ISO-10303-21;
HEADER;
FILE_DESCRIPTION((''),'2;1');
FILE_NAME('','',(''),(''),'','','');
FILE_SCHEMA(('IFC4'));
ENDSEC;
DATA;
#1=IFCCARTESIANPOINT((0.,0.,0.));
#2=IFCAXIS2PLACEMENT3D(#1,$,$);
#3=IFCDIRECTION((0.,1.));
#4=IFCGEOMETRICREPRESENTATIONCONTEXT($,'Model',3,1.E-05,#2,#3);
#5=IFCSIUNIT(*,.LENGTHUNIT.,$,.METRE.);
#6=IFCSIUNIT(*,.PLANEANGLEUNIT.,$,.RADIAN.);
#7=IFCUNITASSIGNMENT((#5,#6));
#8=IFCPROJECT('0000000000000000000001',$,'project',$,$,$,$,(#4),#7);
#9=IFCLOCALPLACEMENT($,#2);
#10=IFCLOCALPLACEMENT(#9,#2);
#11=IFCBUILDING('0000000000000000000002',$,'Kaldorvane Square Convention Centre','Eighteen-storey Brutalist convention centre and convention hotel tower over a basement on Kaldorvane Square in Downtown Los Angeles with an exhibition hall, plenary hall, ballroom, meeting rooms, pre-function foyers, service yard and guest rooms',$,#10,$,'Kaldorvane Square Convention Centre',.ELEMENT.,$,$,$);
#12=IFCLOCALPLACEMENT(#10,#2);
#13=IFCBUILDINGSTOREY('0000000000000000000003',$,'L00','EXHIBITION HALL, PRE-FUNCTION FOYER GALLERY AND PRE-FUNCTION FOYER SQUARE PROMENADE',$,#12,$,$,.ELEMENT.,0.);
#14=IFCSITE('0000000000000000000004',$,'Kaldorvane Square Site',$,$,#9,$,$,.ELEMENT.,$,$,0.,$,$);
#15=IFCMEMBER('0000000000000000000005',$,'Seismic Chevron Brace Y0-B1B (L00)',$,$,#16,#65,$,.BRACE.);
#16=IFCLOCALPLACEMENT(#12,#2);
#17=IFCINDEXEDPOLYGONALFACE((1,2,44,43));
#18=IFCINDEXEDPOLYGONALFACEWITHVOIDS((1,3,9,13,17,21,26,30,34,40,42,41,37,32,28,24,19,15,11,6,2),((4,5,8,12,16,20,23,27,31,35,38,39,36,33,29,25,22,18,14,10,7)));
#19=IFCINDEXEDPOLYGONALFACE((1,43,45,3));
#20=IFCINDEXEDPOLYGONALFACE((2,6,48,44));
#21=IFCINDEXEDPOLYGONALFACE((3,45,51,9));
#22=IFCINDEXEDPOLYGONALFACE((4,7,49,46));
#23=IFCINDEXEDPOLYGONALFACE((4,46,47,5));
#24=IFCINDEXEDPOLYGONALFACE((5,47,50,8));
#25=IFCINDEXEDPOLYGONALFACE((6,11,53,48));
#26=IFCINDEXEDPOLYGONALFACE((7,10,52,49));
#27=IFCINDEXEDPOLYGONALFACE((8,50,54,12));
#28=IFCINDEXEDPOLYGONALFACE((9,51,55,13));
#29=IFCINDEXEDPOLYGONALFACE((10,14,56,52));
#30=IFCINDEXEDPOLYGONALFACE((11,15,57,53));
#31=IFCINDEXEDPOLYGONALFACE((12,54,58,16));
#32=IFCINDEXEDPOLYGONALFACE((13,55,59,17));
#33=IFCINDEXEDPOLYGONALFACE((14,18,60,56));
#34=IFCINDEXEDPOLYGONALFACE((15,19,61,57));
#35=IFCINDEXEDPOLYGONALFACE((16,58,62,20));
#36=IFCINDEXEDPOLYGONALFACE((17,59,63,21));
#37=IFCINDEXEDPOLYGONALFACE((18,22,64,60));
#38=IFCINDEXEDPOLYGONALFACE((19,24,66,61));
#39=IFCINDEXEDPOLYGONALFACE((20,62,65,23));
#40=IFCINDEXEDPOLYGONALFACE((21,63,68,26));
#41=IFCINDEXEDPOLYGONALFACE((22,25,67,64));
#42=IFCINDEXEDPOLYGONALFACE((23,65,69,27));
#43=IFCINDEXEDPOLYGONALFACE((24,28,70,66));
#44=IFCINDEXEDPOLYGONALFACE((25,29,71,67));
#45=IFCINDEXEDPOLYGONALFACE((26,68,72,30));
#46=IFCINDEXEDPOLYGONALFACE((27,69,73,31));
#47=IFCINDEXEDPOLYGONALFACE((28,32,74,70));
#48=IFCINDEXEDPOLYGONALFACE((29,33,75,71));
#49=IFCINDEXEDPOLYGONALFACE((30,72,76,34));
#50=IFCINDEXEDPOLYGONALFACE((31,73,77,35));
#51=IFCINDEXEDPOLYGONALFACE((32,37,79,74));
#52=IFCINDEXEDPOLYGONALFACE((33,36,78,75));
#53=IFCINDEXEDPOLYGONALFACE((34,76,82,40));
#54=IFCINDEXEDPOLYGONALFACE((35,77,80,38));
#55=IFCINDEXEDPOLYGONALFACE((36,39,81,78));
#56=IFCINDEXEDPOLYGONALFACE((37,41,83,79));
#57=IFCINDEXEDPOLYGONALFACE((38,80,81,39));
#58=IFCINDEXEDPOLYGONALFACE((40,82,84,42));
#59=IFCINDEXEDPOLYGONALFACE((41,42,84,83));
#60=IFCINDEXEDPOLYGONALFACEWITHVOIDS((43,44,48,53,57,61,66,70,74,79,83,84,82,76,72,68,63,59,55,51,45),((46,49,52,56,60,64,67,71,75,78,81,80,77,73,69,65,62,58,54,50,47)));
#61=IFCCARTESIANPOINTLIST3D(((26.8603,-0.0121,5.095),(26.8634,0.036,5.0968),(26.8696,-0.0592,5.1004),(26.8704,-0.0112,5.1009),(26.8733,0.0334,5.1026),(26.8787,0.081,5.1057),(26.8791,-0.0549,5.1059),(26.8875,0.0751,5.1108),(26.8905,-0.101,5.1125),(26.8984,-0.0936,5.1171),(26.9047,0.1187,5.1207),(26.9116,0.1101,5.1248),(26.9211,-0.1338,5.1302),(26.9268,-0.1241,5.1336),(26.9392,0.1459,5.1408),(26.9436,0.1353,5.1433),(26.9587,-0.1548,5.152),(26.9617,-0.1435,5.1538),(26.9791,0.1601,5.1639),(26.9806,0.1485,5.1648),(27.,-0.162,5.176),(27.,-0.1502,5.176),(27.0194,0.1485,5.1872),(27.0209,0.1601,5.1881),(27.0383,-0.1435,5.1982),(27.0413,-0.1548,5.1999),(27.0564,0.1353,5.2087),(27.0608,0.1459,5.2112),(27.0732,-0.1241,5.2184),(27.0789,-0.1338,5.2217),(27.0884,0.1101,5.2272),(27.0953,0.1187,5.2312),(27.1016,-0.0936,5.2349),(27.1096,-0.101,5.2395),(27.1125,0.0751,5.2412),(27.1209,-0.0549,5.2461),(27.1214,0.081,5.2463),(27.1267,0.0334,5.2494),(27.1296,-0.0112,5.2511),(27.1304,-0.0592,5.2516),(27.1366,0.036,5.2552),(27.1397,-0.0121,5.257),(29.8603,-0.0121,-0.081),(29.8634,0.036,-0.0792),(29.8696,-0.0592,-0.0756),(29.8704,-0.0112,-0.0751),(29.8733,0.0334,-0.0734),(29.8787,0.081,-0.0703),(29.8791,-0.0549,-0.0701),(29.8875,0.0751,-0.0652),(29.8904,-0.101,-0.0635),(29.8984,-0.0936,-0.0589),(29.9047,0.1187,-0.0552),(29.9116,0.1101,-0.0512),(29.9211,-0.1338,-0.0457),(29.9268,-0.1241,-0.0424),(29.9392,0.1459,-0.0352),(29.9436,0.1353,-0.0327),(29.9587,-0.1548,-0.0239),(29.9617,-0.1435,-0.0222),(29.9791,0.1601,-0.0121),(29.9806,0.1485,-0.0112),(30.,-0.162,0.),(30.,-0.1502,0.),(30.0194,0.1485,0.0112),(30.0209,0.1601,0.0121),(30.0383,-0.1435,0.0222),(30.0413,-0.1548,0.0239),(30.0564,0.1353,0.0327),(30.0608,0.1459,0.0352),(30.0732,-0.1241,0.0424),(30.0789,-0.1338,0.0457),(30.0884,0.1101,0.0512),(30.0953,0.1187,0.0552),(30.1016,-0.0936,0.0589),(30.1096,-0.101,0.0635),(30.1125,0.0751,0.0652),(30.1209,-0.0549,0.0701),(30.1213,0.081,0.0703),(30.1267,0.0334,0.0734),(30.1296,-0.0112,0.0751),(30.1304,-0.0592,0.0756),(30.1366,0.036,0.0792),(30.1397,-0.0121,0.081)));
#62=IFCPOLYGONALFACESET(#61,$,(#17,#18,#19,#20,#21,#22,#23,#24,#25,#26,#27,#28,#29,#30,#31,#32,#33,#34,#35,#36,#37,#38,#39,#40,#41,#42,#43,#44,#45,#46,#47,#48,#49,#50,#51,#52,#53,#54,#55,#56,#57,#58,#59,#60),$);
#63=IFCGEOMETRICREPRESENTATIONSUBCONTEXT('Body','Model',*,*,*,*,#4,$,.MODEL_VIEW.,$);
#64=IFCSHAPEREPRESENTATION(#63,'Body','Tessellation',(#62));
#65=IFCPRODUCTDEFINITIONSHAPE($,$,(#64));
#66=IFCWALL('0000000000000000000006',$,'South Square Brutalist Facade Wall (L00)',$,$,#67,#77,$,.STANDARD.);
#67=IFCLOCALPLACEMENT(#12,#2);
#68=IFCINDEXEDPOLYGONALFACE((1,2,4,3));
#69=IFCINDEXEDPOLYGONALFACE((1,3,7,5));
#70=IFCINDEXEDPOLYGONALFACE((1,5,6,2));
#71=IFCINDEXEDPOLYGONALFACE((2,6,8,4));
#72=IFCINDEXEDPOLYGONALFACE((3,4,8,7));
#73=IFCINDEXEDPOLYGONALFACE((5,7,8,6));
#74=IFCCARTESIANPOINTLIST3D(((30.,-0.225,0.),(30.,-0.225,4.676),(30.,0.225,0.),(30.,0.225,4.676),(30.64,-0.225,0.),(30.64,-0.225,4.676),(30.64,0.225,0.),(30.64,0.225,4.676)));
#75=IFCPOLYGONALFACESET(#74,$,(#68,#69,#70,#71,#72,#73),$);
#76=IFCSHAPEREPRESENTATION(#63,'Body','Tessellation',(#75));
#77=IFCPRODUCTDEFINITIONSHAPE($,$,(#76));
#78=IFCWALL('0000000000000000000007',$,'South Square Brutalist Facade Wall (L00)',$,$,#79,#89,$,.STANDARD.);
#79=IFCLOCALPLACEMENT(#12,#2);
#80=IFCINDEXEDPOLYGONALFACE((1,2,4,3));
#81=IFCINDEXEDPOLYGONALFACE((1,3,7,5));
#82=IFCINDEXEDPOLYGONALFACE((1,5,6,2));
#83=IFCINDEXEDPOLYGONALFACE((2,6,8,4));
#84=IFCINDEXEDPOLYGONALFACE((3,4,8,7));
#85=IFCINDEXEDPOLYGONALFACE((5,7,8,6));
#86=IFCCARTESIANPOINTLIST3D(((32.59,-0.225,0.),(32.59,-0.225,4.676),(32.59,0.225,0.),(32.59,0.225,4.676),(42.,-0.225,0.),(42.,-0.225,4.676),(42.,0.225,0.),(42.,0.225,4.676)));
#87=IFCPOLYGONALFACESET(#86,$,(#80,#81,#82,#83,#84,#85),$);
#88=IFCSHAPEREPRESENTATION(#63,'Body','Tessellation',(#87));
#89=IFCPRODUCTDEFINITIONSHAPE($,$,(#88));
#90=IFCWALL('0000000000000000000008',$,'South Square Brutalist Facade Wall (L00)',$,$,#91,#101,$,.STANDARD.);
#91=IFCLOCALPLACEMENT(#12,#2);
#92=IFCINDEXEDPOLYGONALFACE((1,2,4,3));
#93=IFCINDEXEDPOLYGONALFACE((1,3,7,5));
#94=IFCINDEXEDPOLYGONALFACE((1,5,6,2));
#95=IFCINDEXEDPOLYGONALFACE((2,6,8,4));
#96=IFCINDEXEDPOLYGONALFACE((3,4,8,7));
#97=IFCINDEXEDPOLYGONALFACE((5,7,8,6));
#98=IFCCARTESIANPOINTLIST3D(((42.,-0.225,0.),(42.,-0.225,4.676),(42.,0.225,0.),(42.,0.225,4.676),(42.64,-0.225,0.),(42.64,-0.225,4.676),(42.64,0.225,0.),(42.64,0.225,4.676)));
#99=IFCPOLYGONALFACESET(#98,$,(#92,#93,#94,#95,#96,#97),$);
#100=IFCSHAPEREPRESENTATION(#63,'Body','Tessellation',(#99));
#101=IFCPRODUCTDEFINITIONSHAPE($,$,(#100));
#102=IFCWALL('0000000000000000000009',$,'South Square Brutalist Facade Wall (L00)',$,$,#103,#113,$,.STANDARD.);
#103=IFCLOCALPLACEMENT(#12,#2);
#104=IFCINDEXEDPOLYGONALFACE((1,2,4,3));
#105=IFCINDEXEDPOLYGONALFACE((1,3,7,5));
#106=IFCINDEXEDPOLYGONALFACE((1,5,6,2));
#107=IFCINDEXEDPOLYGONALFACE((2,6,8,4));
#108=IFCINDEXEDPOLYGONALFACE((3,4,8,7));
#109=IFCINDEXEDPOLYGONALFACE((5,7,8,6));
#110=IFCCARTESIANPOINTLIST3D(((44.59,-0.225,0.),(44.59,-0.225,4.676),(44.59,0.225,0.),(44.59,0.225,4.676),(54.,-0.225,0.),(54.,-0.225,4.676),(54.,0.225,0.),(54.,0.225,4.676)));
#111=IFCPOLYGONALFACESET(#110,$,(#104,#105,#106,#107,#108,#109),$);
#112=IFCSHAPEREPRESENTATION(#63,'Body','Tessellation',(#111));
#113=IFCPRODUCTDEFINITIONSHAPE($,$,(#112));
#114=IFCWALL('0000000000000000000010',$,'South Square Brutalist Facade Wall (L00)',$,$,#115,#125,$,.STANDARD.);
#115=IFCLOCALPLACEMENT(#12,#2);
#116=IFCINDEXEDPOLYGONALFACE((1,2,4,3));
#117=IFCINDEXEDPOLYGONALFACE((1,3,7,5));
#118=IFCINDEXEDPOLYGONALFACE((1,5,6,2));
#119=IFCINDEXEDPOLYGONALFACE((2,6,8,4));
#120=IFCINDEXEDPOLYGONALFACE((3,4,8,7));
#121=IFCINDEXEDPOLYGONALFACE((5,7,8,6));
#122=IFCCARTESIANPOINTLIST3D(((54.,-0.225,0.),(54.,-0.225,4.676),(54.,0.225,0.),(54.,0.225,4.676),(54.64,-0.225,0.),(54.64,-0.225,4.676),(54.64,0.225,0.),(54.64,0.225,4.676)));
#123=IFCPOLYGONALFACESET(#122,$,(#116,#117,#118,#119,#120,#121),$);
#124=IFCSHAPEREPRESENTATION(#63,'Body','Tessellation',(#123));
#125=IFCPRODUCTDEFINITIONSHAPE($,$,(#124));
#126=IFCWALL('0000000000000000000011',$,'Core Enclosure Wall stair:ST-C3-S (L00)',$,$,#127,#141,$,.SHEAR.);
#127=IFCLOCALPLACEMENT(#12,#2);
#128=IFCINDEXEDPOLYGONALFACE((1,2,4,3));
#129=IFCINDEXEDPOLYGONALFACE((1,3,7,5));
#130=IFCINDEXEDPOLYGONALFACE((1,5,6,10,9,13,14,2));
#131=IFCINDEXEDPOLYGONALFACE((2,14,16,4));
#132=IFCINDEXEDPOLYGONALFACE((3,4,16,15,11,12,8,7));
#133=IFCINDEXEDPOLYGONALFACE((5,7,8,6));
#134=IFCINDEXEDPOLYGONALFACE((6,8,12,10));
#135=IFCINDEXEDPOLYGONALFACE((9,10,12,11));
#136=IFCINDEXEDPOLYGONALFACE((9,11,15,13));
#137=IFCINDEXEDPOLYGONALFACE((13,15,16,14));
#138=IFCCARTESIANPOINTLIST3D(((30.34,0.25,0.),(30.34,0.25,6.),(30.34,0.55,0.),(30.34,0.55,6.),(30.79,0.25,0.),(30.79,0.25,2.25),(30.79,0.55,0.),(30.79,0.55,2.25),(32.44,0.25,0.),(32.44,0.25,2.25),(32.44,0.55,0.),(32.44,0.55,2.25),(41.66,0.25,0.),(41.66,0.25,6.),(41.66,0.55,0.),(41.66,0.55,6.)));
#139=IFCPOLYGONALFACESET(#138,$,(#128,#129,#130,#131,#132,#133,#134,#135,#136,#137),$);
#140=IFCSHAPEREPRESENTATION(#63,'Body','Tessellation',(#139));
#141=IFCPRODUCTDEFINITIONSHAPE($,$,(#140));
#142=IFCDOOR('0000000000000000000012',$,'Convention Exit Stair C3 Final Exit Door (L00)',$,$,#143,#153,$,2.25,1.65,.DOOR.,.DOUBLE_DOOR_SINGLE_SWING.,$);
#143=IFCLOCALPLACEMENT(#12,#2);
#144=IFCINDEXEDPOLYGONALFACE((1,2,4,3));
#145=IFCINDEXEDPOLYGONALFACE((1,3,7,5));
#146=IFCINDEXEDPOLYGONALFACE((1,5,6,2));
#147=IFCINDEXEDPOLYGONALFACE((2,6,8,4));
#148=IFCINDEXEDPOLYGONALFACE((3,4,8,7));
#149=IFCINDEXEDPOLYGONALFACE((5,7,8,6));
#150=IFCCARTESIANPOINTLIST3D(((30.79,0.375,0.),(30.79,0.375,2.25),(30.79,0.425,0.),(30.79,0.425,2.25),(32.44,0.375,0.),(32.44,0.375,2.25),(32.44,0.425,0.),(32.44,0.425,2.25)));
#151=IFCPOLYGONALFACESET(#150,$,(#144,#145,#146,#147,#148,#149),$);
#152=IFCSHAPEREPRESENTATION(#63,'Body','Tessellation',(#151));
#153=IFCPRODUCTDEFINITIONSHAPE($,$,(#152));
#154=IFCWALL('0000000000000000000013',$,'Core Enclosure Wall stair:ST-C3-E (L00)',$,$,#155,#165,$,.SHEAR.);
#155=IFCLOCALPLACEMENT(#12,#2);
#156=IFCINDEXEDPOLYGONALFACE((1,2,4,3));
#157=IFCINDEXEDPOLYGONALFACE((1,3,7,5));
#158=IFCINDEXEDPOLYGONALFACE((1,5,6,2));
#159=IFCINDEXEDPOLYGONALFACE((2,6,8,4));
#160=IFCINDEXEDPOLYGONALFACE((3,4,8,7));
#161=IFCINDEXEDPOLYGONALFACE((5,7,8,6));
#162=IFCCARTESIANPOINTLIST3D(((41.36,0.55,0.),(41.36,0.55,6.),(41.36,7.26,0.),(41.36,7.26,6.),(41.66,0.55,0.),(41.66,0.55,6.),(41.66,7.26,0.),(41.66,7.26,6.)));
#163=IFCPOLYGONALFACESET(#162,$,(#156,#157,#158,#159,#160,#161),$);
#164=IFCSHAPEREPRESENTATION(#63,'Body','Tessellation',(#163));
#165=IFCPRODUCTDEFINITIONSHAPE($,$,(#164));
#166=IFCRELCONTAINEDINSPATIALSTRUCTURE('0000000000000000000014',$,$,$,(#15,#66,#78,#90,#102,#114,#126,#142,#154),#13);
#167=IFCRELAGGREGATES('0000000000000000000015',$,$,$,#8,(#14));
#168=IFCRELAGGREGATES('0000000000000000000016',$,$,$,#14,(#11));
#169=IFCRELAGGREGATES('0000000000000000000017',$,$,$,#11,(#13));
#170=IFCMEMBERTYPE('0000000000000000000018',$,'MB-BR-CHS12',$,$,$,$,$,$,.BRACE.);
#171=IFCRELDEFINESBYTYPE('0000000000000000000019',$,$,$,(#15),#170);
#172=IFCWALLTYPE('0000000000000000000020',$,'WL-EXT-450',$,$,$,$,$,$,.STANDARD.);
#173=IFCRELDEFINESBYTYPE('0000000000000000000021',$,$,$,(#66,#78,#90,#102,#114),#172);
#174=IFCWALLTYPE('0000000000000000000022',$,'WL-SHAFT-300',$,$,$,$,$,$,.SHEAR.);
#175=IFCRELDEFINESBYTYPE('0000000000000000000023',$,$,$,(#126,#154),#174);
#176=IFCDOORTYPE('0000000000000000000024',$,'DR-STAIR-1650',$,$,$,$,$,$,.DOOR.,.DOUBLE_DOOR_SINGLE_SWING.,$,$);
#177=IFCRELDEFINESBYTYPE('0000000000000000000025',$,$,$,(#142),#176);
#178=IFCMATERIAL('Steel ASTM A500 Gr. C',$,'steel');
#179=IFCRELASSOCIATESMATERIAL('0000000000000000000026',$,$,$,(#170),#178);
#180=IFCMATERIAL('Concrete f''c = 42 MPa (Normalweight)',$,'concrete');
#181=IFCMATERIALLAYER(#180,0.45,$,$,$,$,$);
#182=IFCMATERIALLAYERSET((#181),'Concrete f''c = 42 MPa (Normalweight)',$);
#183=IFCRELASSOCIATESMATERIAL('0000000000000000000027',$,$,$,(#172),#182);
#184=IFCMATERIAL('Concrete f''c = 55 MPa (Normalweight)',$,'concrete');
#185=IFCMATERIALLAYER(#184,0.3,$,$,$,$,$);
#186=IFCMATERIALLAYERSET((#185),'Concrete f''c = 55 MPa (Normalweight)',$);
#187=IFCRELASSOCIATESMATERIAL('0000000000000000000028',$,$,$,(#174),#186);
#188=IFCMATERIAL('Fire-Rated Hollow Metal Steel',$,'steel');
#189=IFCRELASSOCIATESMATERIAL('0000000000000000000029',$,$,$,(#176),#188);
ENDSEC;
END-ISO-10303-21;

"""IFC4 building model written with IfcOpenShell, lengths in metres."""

from ifc_helpers import new_model, si_unit, direction, frame, frame_2d, origin, origin_2d, place, context, subcontext, project, spatial, rectangle, hollow_circle, extrude, material, layer, layer_set, material_profile, profile_set, type_object, element, fill, save


model = new_model("IFC4")

# Units and contexts
model_context = context("Model", 3, precision=1e-05, world=origin(), true_north=direction((0.0, 1.0)))
body_context = subcontext(model_context, "Body", "Model", "MODEL_VIEW")
ifc_project = project(units=[si_unit("LENGTHUNIT", "METRE"), si_unit("PLANEANGLEUNIT", "RADIAN")], contexts=[model_context])

# Site, building, storey
site_placement = place(None, origin())
site = spatial("IfcSite", under=ifc_project, at=site_placement, Name="Kaldorvane Square Site", CompositionType="ELEMENT", RefElevation=0.0)
building_placement = place(site_placement, origin())
building = spatial("IfcBuilding", under=site, at=building_placement, Name="Kaldorvane Square Convention Centre", Description="Eighteen-storey Brutalist convention centre and convention hotel tower over a basement on Kaldorvane Square in Downtown Los Angeles with an exhibition hall, plenary hall, ballroom, meeting rooms, pre-function foyers, service yard and guest rooms", LongName="Kaldorvane Square Convention Centre", CompositionType="ELEMENT")
storey_placement = place(building_placement, origin())
storey = spatial("IfcBuildingStorey", under=building, at=storey_placement, Name="L00", Description="EXHIBITION HALL, PRE-FUNCTION FOYER GALLERY AND PRE-FUNCTION FOYER SQUARE PROMENADE", CompositionType="ELEMENT", Elevation=0.0)

# Shared definitions
ifc_material_1 = material(Name="Concrete f'c = 55 MPa (Normalweight)", Category="concrete")

# Shared definitions
ifc_material_2 = material(Name="Concrete f'c = 42 MPa (Normalweight)", Category="concrete")

# Member
ifc_material_3 = material(Name="Steel ASTM A500 Gr. C", Category="steel")
ifc_material_profile_1 = material_profile(ifc_material_3, hollow_circle(Radius=0.162, WallThickness=0.0118, at=origin_2d()), Name="HSS12.750X0.500")
ifc_profile_set_1 = profile_set([ifc_material_profile_1], Name="Steel ASTM A500 Gr. C")
member_type = type_object("IfcMemberType", Name="MB-BR-CHS12", PredefinedType="BRACE", material=ifc_profile_set_1)
member_placement = place(storey_placement, frame((30.0, 0.0, 0.0), z_axis=(-0.501458, 0.0, 0.865182), x_axis=(0.0, -1.0, 0.0)))
element("IfcMember", 1, at=member_placement, inside=storey, type_object=member_type, Name="Seismic Chevron Brace Y0-B1B (L00)", PredefinedType="BRACE", context=body_context, shape_type="SweptSolid", body=[
    extrude(hollow_circle(Radius=0.162, WallThickness=0.0118, at=origin_2d()), origin(), (0.0, 0.0, 1.0), 5.9825),
])

# Walls
ifc_layer_1 = layer(ifc_material_2, 0.45)
ifc_layer_set_1 = layer_set([ifc_layer_1], Name="Concrete f'c = 42 MPa (Normalweight)")
wall_type_1 = type_object("IfcWallType", Name="WL-EXT-450", PredefinedType="STANDARD", material=ifc_layer_set_1)
wall_1_placement = place(storey_placement, frame((30.0, 0.0, 0.0), z_axis=(0.0, 0.0, 1.0), x_axis=(1.0, 0.0, 0.0)))
element("IfcWall", 2, at=wall_1_placement, inside=storey, type_object=wall_type_1, Name="South Square Brutalist Facade Wall (L00)", PredefinedType="STANDARD", context=body_context, shape_type="SweptSolid", body=[
    extrude(rectangle(XDim=0.64, YDim=0.45, at=frame_2d((0.32, 0.0))), origin(), (0.0, 0.0, 1.0), 4.676),
])
wall_2_placement = place(storey_placement, frame((32.59, 0.0, 0.0), z_axis=(0.0, 0.0, 1.0), x_axis=(1.0, 0.0, 0.0)))
element("IfcWall", 3, at=wall_2_placement, inside=storey, type_object=wall_type_1, Name="South Square Brutalist Facade Wall (L00)", PredefinedType="STANDARD", context=body_context, shape_type="SweptSolid", body=[
    extrude(rectangle(XDim=9.41, YDim=0.45, at=frame_2d((4.705, 0.0))), origin(), (0.0, 0.0, 1.0), 4.676),
])
wall_3_placement = place(storey_placement, frame((42.0, 0.0, 0.0), z_axis=(0.0, 0.0, 1.0), x_axis=(1.0, 0.0, 0.0)))
element("IfcWall", 4, at=wall_3_placement, inside=storey, type_object=wall_type_1, Name="South Square Brutalist Facade Wall (L00)", PredefinedType="STANDARD", context=body_context, shape_type="SweptSolid", body=[
    extrude(rectangle(XDim=0.64, YDim=0.45, at=frame_2d((0.32, 0.0))), origin(), (0.0, 0.0, 1.0), 4.676),
])
wall_4_placement = place(storey_placement, frame((44.59, 0.0, 0.0), z_axis=(0.0, 0.0, 1.0), x_axis=(1.0, 0.0, 0.0)))
element("IfcWall", 5, at=wall_4_placement, inside=storey, type_object=wall_type_1, Name="South Square Brutalist Facade Wall (L00)", PredefinedType="STANDARD", context=body_context, shape_type="SweptSolid", body=[
    extrude(rectangle(XDim=9.41, YDim=0.45, at=frame_2d((4.705, 0.0))), origin(), (0.0, 0.0, 1.0), 4.676),
])
wall_5_placement = place(storey_placement, frame((54.0, 0.0, 0.0), z_axis=(0.0, 0.0, 1.0), x_axis=(1.0, 0.0, 0.0)))
element("IfcWall", 6, at=wall_5_placement, inside=storey, type_object=wall_type_1, Name="South Square Brutalist Facade Wall (L00)", PredefinedType="STANDARD", context=body_context, shape_type="SweptSolid", body=[
    extrude(rectangle(XDim=0.64, YDim=0.45, at=frame_2d((0.32, 0.0))), origin(), (0.0, 0.0, 1.0), 4.676),
])

# Wall, opening, door
ifc_layer_2 = layer(ifc_material_1, 0.3)
ifc_layer_set_2 = layer_set([ifc_layer_2], Name="Concrete f'c = 55 MPa (Normalweight)")
wall_type_2 = type_object("IfcWallType", Name="WL-SHAFT-300", PredefinedType="SHEAR", material=ifc_layer_set_2)
wall_6_placement = place(storey_placement, frame((41.66, 0.4, 0.0), z_axis=(0.0, 0.0, 1.0), x_axis=(-1.0, 0.0, 0.0)))
wall_6 = element("IfcWall", 7, at=wall_6_placement, inside=storey, type_object=wall_type_2, Name="Core Enclosure Wall stair:ST-C3-S (L00)", PredefinedType="SHEAR", context=body_context, shape_type="SweptSolid", body=[
    extrude(rectangle(XDim=11.32, YDim=0.3, at=frame_2d((5.66, 0.0))), origin(), (0.0, 0.0, 1.0), 6.0),
])
opening_1_placement = place(wall_6_placement, frame((9.22, 0.0, 0.0)))
opening_1 = element("IfcOpeningElement", 8, at=opening_1_placement, cuts=wall_6, PredefinedType="OPENING", context=body_context, shape_type="SweptSolid", body=[
    extrude(rectangle(XDim=1.65, YDim=2.25, at=frame_2d((0.825, 1.125))), frame((0.0, 0.165, 0.0), z_axis=(0.0, -1.0, 0.0), x_axis=(1.0, 0.0, 0.0)), (0.0, 0.0, 1.0), 0.33),
])
ifc_material_4 = material(Name="Fire-Rated Hollow Metal Steel", Category="steel")
door_type = type_object("IfcDoorType", Name="DR-STAIR-1650", OperationType="DOUBLE_DOOR_SINGLE_SWING", PredefinedType="DOOR", material=ifc_material_4)
door_1_placement = place(opening_1_placement, origin())
door_1 = element("IfcDoor", 9, at=door_1_placement, inside=storey, type_object=door_type, Name="Convention Exit Stair C3 Final Exit Door (L00)", OperationType="DOUBLE_DOOR_SINGLE_SWING", OverallHeight=2.25, OverallWidth=1.65, PredefinedType="DOOR", context=body_context, shape_type="SweptSolid", body=[
    extrude(rectangle(XDim=1.65, YDim=2.25, at=frame_2d((0.825, 1.125))), frame((0.0, 0.025, 0.0), z_axis=(0.0, -1.0, 0.0), x_axis=(1.0, 0.0, 0.0)), (0.0, 0.0, 1.0), 0.05),
])
fill(opening_1, door_1)

# Wall
wall_7_placement = place(storey_placement, frame((41.51, 0.55, 0.0), z_axis=(0.0, 0.0, 1.0), x_axis=(0.0, 1.0, 0.0)))
element("IfcWall", 10, at=wall_7_placement, inside=storey, type_object=wall_type_2, Name="Core Enclosure Wall stair:ST-C3-E (L00)", PredefinedType="SHEAR", context=body_context, shape_type="SweptSolid", body=[
    extrude(rectangle(XDim=6.71, YDim=0.3, at=frame_2d((3.355, 0.0))), origin(), (0.0, 0.0, 1.0), 6.0),
])

save(model, "model.ifc")
